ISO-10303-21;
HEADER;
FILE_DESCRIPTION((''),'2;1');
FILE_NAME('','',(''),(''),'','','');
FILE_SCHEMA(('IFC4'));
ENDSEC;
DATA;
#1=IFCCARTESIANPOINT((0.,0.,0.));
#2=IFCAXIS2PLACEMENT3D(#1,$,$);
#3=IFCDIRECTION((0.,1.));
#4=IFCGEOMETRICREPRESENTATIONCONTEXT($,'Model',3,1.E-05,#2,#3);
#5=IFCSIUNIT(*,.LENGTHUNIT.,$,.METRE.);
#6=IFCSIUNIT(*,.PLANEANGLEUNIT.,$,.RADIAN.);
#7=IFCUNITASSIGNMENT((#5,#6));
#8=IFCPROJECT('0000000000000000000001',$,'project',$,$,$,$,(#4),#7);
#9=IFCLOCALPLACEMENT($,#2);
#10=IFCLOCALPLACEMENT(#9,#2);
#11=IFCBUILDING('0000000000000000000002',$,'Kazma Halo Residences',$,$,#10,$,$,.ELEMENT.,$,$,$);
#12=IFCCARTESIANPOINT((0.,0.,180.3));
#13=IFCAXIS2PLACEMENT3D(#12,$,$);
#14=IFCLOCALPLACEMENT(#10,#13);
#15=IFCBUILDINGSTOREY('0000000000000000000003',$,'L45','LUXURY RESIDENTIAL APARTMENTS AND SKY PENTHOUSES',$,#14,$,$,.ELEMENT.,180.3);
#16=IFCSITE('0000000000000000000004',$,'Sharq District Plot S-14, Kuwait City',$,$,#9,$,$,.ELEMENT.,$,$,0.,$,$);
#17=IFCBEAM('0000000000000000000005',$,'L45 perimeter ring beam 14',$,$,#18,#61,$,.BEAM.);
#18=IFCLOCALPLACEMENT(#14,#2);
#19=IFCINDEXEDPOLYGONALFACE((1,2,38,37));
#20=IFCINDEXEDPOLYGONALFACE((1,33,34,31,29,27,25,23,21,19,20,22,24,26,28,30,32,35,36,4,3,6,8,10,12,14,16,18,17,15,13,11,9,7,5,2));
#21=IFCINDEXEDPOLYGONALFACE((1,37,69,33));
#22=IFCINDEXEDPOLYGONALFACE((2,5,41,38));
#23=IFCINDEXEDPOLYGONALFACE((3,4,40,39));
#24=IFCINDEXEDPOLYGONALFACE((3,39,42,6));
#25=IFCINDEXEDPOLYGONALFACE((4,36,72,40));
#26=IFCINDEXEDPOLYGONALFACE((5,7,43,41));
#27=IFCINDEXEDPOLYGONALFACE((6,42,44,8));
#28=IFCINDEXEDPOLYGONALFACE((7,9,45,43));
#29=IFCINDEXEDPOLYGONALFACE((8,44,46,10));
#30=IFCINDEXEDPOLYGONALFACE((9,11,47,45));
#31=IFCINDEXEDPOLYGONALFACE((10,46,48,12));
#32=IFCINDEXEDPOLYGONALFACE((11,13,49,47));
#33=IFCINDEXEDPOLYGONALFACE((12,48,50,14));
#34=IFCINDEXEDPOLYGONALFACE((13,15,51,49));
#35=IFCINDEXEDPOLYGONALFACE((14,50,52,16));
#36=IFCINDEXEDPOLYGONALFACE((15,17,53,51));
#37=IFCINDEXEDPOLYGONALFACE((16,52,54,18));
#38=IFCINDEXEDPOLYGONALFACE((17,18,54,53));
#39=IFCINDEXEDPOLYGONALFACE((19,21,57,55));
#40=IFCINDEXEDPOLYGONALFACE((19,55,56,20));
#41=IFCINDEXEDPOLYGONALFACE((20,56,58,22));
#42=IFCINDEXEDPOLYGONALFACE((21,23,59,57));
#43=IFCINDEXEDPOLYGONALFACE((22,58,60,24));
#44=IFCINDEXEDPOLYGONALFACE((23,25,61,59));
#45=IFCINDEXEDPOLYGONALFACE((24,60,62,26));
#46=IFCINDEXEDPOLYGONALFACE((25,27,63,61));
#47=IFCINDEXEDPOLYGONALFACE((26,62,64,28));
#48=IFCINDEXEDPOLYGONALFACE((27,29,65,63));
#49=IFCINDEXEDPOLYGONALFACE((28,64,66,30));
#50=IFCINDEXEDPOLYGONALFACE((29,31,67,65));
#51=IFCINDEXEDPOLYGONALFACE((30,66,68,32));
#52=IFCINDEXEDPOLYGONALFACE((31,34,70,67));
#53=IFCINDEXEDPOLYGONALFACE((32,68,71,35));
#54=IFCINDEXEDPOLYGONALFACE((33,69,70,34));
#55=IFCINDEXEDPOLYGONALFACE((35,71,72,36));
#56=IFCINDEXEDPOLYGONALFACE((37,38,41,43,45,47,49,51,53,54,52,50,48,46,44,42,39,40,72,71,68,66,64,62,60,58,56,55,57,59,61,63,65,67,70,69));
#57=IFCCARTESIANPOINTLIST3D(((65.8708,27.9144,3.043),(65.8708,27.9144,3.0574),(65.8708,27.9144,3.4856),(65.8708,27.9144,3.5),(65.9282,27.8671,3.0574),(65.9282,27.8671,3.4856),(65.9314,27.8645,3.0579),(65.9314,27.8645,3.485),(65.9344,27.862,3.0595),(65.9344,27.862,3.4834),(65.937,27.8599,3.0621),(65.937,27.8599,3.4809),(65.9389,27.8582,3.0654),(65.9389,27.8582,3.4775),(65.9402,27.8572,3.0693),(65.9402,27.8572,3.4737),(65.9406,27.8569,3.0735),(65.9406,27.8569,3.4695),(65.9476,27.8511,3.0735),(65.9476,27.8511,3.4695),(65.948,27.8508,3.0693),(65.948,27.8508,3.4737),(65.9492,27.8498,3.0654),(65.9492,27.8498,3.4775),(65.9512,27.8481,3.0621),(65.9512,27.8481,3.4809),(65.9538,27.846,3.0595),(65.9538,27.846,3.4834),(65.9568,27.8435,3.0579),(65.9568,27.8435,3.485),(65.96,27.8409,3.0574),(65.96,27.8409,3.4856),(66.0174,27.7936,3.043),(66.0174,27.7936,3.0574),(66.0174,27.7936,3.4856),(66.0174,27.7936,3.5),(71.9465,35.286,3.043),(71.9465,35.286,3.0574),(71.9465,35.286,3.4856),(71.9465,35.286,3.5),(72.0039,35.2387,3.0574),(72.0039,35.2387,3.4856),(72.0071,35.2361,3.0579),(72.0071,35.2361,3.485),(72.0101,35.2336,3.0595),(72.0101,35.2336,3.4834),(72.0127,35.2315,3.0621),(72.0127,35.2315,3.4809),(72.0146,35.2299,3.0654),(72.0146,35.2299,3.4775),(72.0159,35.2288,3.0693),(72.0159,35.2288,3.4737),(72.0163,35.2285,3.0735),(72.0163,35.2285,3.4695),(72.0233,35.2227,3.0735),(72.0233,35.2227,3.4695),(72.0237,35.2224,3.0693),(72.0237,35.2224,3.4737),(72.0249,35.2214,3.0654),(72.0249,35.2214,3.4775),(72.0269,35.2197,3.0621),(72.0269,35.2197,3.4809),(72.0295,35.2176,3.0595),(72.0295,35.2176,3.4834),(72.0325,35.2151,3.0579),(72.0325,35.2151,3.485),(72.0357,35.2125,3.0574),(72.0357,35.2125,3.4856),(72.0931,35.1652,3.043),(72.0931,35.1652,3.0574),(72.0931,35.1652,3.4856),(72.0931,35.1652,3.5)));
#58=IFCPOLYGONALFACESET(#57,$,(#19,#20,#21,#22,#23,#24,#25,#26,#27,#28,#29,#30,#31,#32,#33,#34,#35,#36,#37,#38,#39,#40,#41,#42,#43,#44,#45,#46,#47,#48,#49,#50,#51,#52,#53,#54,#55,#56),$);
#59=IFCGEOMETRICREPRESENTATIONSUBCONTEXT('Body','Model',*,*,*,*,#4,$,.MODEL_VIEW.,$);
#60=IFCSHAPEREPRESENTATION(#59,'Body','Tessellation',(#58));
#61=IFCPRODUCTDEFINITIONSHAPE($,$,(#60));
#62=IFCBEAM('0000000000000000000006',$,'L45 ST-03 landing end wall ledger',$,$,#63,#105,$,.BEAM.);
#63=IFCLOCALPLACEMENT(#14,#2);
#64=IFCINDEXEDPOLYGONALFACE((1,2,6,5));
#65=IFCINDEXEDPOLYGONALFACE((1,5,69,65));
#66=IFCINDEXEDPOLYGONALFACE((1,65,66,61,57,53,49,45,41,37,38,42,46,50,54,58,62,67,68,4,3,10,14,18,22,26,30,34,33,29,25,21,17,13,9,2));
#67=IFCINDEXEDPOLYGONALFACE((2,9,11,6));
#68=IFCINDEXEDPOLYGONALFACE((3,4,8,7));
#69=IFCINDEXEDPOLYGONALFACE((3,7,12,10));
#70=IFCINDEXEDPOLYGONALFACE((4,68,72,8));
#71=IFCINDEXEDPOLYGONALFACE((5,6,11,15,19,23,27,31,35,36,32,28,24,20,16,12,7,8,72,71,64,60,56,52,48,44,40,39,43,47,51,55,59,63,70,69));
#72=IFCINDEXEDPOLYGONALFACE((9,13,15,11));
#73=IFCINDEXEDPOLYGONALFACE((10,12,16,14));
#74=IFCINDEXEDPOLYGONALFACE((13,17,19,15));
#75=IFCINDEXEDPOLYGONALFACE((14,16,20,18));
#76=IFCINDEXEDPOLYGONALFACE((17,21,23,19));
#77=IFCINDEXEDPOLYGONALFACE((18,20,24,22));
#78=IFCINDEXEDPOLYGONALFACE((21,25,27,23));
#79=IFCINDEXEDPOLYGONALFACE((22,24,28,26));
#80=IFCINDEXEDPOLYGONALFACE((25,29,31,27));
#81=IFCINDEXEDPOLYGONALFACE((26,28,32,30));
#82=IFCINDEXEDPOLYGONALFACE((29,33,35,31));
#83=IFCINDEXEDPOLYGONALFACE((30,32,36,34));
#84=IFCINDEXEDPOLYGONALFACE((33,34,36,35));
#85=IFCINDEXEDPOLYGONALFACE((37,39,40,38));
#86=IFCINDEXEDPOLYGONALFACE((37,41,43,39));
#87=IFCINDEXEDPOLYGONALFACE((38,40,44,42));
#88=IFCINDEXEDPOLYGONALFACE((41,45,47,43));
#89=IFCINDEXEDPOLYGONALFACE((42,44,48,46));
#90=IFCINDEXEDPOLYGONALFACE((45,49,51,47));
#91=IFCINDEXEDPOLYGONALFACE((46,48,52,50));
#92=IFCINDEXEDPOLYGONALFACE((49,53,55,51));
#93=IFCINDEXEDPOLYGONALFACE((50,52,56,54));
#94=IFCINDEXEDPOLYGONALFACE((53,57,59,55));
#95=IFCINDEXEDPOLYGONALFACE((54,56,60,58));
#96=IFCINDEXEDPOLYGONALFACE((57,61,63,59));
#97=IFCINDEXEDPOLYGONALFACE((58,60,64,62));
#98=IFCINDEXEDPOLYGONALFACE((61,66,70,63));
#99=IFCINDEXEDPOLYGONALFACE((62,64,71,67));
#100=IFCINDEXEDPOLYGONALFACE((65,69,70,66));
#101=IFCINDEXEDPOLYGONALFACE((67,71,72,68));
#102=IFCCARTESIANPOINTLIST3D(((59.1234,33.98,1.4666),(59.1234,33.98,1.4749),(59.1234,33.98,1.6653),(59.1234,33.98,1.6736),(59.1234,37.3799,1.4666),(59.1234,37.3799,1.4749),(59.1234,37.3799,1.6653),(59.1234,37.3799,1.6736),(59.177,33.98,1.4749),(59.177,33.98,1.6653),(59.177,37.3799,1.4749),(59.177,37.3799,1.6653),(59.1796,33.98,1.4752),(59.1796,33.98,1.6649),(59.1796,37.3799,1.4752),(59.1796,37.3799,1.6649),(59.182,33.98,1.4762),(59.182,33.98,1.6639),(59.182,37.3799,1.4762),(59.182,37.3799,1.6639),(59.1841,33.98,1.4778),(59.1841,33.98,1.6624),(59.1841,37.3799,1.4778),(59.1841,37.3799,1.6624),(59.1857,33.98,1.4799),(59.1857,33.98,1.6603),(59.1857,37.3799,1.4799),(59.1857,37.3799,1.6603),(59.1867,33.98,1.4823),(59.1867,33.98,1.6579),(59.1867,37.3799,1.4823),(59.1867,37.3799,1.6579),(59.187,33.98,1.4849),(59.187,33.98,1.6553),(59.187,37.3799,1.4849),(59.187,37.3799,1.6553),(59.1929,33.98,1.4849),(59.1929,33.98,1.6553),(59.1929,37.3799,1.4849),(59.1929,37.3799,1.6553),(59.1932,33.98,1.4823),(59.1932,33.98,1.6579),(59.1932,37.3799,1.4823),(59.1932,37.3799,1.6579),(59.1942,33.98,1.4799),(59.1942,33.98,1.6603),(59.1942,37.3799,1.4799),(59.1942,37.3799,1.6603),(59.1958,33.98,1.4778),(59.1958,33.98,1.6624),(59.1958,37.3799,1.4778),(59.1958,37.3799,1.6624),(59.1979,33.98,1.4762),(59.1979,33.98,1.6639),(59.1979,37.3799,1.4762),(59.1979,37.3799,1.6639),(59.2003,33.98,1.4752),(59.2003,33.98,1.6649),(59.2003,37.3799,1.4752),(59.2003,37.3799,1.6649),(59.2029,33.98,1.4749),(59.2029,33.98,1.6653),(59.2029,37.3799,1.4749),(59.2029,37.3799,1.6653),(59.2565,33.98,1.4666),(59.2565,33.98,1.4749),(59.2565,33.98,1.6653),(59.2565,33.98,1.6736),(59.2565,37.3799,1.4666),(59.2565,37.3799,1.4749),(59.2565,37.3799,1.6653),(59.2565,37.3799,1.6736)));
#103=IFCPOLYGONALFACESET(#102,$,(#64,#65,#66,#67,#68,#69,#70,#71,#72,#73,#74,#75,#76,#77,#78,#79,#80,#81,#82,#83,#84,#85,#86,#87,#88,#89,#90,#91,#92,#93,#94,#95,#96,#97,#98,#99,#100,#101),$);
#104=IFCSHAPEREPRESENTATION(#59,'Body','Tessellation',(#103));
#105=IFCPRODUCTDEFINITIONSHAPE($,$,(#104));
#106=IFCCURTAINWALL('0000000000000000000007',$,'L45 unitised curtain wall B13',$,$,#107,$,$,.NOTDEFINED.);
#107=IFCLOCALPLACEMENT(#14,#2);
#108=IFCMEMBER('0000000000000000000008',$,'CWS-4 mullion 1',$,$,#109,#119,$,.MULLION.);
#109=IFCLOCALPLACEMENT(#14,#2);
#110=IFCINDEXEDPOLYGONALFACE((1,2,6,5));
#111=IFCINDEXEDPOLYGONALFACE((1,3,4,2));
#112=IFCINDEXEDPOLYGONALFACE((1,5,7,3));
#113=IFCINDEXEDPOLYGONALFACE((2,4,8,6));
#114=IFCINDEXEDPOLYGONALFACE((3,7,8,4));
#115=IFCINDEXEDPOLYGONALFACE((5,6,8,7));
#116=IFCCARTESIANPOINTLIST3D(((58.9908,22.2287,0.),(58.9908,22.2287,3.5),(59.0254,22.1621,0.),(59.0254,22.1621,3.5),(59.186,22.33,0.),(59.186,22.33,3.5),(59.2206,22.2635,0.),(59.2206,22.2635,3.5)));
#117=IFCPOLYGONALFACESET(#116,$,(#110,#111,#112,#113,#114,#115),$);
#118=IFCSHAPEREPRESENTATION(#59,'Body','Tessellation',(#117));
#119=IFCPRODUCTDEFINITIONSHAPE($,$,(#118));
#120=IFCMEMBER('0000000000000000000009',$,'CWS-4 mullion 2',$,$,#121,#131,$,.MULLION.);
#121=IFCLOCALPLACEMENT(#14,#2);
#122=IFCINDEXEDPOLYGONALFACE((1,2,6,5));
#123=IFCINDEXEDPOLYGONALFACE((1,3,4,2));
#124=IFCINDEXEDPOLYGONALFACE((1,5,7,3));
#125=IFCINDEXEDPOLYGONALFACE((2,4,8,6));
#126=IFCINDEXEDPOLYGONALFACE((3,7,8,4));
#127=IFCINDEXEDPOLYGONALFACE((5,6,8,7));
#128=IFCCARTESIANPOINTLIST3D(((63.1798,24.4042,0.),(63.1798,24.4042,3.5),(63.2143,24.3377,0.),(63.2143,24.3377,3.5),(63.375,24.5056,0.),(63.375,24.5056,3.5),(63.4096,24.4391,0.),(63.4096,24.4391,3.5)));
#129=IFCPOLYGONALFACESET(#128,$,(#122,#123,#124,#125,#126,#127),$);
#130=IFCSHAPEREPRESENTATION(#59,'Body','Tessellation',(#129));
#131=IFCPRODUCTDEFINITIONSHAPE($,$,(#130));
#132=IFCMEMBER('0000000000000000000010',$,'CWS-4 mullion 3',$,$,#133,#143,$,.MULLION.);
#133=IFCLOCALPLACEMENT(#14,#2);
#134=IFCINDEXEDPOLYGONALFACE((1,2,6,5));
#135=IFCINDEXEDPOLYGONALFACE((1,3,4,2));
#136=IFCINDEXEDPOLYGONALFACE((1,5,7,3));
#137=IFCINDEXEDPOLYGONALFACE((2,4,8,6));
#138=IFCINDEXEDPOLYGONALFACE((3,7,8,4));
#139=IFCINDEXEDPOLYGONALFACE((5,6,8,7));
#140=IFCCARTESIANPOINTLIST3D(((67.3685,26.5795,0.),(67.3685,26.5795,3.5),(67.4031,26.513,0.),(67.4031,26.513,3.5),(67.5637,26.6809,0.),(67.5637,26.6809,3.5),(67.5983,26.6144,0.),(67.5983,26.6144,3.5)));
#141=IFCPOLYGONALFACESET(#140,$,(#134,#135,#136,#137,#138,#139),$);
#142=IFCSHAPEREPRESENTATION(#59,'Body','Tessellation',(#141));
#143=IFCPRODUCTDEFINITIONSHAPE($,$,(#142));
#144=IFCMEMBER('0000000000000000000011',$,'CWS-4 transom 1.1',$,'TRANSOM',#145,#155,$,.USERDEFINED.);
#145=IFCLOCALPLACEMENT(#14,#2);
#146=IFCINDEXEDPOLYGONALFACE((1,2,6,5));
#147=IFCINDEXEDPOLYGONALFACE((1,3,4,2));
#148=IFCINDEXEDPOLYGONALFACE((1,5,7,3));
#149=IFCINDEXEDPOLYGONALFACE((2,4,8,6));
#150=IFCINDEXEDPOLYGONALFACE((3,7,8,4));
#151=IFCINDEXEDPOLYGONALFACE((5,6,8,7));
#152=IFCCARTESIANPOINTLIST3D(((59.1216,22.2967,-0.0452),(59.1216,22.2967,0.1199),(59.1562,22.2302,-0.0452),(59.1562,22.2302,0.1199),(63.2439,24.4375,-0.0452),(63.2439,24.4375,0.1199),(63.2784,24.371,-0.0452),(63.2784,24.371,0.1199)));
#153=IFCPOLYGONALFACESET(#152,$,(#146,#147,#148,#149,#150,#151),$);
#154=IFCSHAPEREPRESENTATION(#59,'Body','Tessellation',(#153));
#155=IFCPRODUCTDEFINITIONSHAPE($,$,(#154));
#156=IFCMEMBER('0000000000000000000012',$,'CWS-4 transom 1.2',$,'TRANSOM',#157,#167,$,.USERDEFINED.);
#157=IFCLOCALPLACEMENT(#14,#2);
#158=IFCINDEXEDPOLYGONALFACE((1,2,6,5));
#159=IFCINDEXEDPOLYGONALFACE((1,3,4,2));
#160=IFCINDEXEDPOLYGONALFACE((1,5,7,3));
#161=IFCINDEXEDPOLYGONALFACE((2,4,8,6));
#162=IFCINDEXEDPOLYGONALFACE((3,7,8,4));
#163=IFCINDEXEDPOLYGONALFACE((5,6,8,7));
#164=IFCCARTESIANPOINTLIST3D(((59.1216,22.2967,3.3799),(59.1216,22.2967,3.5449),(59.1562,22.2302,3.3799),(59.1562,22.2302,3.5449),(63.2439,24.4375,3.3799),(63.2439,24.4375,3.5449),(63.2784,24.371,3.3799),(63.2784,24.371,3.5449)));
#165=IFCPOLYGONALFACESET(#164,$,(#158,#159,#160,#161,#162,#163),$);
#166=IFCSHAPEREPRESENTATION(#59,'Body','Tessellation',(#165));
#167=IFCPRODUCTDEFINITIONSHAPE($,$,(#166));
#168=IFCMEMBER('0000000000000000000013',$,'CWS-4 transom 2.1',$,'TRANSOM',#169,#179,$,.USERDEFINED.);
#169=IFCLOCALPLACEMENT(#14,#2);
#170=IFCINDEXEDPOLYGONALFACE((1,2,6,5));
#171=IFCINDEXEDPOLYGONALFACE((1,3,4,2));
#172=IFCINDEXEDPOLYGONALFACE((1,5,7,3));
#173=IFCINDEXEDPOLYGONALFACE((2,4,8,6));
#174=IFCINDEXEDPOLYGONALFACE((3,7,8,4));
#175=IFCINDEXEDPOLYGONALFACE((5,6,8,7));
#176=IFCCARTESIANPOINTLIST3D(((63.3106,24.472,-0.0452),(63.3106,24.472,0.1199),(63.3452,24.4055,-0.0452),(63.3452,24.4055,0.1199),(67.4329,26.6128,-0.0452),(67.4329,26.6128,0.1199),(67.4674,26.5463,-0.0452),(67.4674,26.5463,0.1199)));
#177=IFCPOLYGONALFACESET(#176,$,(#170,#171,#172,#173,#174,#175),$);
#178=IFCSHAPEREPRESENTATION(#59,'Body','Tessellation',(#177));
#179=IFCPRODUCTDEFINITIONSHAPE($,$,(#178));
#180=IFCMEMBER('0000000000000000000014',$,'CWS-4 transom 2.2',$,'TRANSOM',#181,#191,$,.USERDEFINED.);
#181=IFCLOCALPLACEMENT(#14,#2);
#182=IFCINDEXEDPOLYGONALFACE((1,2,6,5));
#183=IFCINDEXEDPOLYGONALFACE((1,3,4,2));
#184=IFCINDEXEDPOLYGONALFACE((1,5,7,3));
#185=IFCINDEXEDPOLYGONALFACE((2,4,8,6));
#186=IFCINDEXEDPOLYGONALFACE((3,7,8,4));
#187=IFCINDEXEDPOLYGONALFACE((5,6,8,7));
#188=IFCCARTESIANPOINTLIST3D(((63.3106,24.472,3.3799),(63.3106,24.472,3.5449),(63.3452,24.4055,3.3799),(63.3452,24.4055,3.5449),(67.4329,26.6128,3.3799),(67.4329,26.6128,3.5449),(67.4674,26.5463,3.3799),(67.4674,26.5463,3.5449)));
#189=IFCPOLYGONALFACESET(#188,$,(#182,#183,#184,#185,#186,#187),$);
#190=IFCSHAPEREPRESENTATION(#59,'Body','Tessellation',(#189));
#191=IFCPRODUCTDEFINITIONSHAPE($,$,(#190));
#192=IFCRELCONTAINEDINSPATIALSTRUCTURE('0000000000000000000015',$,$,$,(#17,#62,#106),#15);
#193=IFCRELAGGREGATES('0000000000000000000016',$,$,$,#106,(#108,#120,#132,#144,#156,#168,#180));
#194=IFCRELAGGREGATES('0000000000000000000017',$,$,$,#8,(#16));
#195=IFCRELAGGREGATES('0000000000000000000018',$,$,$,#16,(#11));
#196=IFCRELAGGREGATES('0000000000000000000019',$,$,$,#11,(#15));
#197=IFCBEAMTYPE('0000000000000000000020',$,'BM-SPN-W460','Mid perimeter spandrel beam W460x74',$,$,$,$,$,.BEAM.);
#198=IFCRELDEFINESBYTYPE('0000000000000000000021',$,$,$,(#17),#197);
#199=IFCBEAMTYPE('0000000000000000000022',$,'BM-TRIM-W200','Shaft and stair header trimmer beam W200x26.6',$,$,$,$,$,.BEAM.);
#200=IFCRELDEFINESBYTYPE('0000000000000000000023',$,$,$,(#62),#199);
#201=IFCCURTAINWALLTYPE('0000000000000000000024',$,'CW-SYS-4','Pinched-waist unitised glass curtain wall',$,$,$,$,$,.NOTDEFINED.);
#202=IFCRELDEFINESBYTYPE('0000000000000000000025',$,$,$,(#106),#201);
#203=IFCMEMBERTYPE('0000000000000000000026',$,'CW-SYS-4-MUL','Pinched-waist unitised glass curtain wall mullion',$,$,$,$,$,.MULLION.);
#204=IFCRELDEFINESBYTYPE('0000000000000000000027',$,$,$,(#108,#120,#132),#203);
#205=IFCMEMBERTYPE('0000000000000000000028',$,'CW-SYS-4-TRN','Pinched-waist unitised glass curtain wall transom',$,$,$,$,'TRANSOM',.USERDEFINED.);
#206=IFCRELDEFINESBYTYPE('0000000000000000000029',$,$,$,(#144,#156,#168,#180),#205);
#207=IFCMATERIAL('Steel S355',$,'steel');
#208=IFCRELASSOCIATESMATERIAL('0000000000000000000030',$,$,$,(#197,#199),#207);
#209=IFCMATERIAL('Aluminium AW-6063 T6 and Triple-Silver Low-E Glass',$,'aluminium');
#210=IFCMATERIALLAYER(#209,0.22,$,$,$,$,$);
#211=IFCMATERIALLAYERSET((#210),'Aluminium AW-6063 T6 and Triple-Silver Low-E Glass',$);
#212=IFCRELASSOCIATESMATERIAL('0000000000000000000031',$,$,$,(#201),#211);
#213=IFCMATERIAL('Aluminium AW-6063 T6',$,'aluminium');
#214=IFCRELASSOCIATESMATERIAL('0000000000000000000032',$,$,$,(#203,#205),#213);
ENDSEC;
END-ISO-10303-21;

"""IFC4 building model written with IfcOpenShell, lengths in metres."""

from ifc_helpers import new_model, si_unit, direction, frame, origin, origin_2d, place, context, subcontext, project, spatial, rectangle, i_section, extrude, material, layer, layer_set, material_profile, profile_set, type_object, element, aggregate, save


model = new_model("IFC4")

# Units and contexts
model_context = context("Model", 3, precision=1e-05, world=origin(), true_north=direction((0.0, 1.0)))
body_context = subcontext(model_context, "Body", "Model", "MODEL_VIEW")
ifc_project = project(units=[si_unit("LENGTHUNIT", "METRE"), si_unit("PLANEANGLEUNIT", "RADIAN")], contexts=[model_context])

# Site, building, storey
site_placement = place(None, origin())
site = spatial("IfcSite", under=ifc_project, at=site_placement, Name="Sharq District Plot S-14, Kuwait City", CompositionType="ELEMENT", RefElevation=0.0)
building_placement = place(site_placement, origin())
building = spatial("IfcBuilding", under=site, at=building_placement, Name="Kazma Halo Residences", CompositionType="ELEMENT")
storey_placement = place(building_placement, frame((0.0, 0.0, 180.3)))
storey = spatial("IfcBuildingStorey", under=building, at=storey_placement, Name="L45", Description="LUXURY RESIDENTIAL APARTMENTS AND SKY PENTHOUSES", CompositionType="ELEMENT", Elevation=180.3)

# Beams
ifc_material_1 = material(Name="Steel S355", Category="steel")
ifc_material_profile_1 = material_profile(ifc_material_1, i_section(OverallWidth=0.1899, OverallDepth=0.457, WebThickness=0.009, FlangeThickness=0.0144, FilletRadius=0.0161, at=origin_2d()), Name="W460x74")
ifc_profile_set_1 = profile_set([ifc_material_profile_1], Name="Steel S355")
beam_type_1 = type_object("IfcBeamType", Name="BM-SPN-W460", Description="Mid perimeter spandrel beam W460x74", PredefinedType="BEAM", material=ifc_profile_set_1)
beam_1_placement = place(storey_placement, frame((65.9441, 27.854, 3.2715), z_axis=(0.636017, 0.771675, 0.0), x_axis=(-0.771675, 0.636017, 0.0)))
element("IfcBeam", 1, at=beam_1_placement, inside=storey, type_object=beam_type_1, Name="L45 perimeter ring beam 14", PredefinedType="BEAM", context=body_context, shape_type="SweptSolid", body=[
    extrude(i_section(OverallWidth=0.1899, OverallDepth=0.457, WebThickness=0.009, FlangeThickness=0.0144, FilletRadius=0.0161, at=origin_2d()), origin(), (0.0, 0.0, 1.0), 9.5527),
])
ifc_material_profile_2 = material_profile(ifc_material_1, i_section(OverallWidth=0.1331, OverallDepth=0.207, WebThickness=0.0059, FlangeThickness=0.0083, FilletRadius=0.01, at=origin_2d()), Name="W200x26.6")
ifc_profile_set_2 = profile_set([ifc_material_profile_2], Name="Steel S355")
beam_type_2 = type_object("IfcBeamType", Name="BM-TRIM-W200", Description="Shaft and stair header trimmer beam W200x26.6", PredefinedType="BEAM", material=ifc_profile_set_2)
beam_2_placement = place(storey_placement, frame((59.1899, 33.98, 1.5701), z_axis=(0.0, 1.0, 0.0), x_axis=(-1.0, 0.0, 0.0)))
element("IfcBeam", 2, at=beam_2_placement, inside=storey, type_object=beam_type_2, Name="L45 ST-03 landing end wall ledger", PredefinedType="BEAM", context=body_context, shape_type="SweptSolid", body=[
    extrude(i_section(OverallWidth=0.1331, OverallDepth=0.207, WebThickness=0.0059, FlangeThickness=0.0083, FilletRadius=0.01, at=origin_2d()), origin(), (0.0, 0.0, 1.0), 3.3999),
])

# Curtain wall, members
ifc_material_2 = material(Name="Aluminium AW-6063 T6 and Triple-Silver Low-E Glass", Category="aluminium")
ifc_layer_1 = layer(ifc_material_2, 0.22)
ifc_layer_set_1 = layer_set([ifc_layer_1], Name="Aluminium AW-6063 T6 and Triple-Silver Low-E Glass")
curtain_wall_type = type_object("IfcCurtainWallType", Name="CW-SYS-4", Description="Pinched-waist unitised glass curtain wall", PredefinedType="NOTDEFINED", material=ifc_layer_set_1)
curtain_wall_placement = place(storey_placement, origin())
curtain_wall = element("IfcCurtainWall", 3, at=curtain_wall_placement, inside=storey, type_object=curtain_wall_type, Name="L45 unitised curtain wall B13", PredefinedType="NOTDEFINED")
ifc_material_3 = material(Name="Aluminium AW-6063 T6", Category="aluminium")
ifc_material_profile_3 = material_profile(ifc_material_3, rectangle(XDim=0.075, YDim=0.22, at=origin_2d()), Name="CWM-75x220")
ifc_profile_set_3 = profile_set([ifc_material_profile_3], Name="Aluminium AW-6063 T6")
member_type_1 = type_object("IfcMemberType", Name="CW-SYS-4-MUL", Description="Pinched-waist unitised glass curtain wall mullion", PredefinedType="MULLION", material=ifc_profile_set_3)
member_1_placement = place(storey_placement, frame((59.1057, 22.2461, 0.0), z_axis=(0.0, 0.0, 1.0), x_axis=(-0.460874, 0.887466, 0.0)))
member_1 = element("IfcMember", 4, at=member_1_placement, type_object=member_type_1, Name="CWS-4 mullion 1", PredefinedType="MULLION", context=body_context, shape_type="SweptSolid", body=[
    extrude(rectangle(XDim=0.075, YDim=0.22, at=origin_2d()), origin(), (0.0, 0.0, 1.0), 3.5),
])
member_2_placement = place(storey_placement, frame((63.2947, 24.4216, 0.0), z_axis=(0.0, 0.0, 1.0), x_axis=(-0.460874, 0.887466, 0.0)))
member_2 = element("IfcMember", 5, at=member_2_placement, type_object=member_type_1, Name="CWS-4 mullion 2", PredefinedType="MULLION", context=body_context, shape_type="SweptSolid", body=[
    extrude(rectangle(XDim=0.075, YDim=0.22, at=origin_2d()), origin(), (0.0, 0.0, 1.0), 3.5),
])
member_3_placement = place(storey_placement, frame((67.4834, 26.5969, 0.0), z_axis=(0.0, 0.0, 1.0), x_axis=(-0.460874, 0.887466, 0.0)))
member_3 = element("IfcMember", 6, at=member_3_placement, type_object=member_type_1, Name="CWS-4 mullion 3", PredefinedType="MULLION", context=body_context, shape_type="SweptSolid", body=[
    extrude(rectangle(XDim=0.075, YDim=0.22, at=origin_2d()), origin(), (0.0, 0.0, 1.0), 3.5),
])
ifc_material_profile_4 = material_profile(ifc_material_3, rectangle(XDim=0.075, YDim=0.165, at=origin_2d()), Name="CWT-75x165")
ifc_profile_set_4 = profile_set([ifc_material_profile_4], Name="Aluminium AW-6063 T6")
member_type_2 = type_object("IfcMemberType", Name="CW-SYS-4-TRN", Description="Pinched-waist unitised glass curtain wall transom", ElementType="TRANSOM", PredefinedType="USERDEFINED", material=ifc_profile_set_4)
member_4_placement = place(storey_placement, frame((59.1389, 22.2634, 0.0374), z_axis=(0.887458, 0.460889, 0.0), x_axis=(-0.460889, 0.887458, 0.0)))
member_4 = element("IfcMember", 7, at=member_4_placement, type_object=member_type_2, Name="CWS-4 transom 1.1", ObjectType="TRANSOM", PredefinedType="USERDEFINED", context=body_context, shape_type="SweptSolid", body=[
    extrude(rectangle(XDim=0.075, YDim=0.165, at=origin_2d()), origin(), (0.0, 0.0, 1.0), 4.645),
])
member_5_placement = place(storey_placement, frame((59.1389, 22.2634, 3.4624), z_axis=(0.887458, 0.460889, 0.0), x_axis=(-0.460889, 0.887458, 0.0)))
member_5 = element("IfcMember", 8, at=member_5_placement, type_object=member_type_2, Name="CWS-4 transom 1.2", ObjectType="TRANSOM", PredefinedType="USERDEFINED", context=body_context, shape_type="SweptSolid", body=[
    extrude(rectangle(XDim=0.075, YDim=0.165, at=origin_2d()), origin(), (0.0, 0.0, 1.0), 4.645),
])
member_6_placement = place(storey_placement, frame((63.3279, 24.4387, 0.0374), z_axis=(0.887458, 0.460889, 0.0), x_axis=(-0.460889, 0.887458, 0.0)))
member_6 = element("IfcMember", 9, at=member_6_placement, type_object=member_type_2, Name="CWS-4 transom 2.1", ObjectType="TRANSOM", PredefinedType="USERDEFINED", context=body_context, shape_type="SweptSolid", body=[
    extrude(rectangle(XDim=0.075, YDim=0.165, at=origin_2d()), origin(), (0.0, 0.0, 1.0), 4.645),
])
member_7_placement = place(storey_placement, frame((63.3279, 24.4387, 3.4624), z_axis=(0.887458, 0.460889, 0.0), x_axis=(-0.460889, 0.887458, 0.0)))
member_7 = element("IfcMember", 10, at=member_7_placement, type_object=member_type_2, Name="CWS-4 transom 2.2", ObjectType="TRANSOM", PredefinedType="USERDEFINED", context=body_context, shape_type="SweptSolid", body=[
    extrude(rectangle(XDim=0.075, YDim=0.165, at=origin_2d()), origin(), (0.0, 0.0, 1.0), 4.645),
])
aggregate(curtain_wall, [member_1, member_2, member_3, member_4, member_5, member_6, member_7])

save(model, "model.ifc")
